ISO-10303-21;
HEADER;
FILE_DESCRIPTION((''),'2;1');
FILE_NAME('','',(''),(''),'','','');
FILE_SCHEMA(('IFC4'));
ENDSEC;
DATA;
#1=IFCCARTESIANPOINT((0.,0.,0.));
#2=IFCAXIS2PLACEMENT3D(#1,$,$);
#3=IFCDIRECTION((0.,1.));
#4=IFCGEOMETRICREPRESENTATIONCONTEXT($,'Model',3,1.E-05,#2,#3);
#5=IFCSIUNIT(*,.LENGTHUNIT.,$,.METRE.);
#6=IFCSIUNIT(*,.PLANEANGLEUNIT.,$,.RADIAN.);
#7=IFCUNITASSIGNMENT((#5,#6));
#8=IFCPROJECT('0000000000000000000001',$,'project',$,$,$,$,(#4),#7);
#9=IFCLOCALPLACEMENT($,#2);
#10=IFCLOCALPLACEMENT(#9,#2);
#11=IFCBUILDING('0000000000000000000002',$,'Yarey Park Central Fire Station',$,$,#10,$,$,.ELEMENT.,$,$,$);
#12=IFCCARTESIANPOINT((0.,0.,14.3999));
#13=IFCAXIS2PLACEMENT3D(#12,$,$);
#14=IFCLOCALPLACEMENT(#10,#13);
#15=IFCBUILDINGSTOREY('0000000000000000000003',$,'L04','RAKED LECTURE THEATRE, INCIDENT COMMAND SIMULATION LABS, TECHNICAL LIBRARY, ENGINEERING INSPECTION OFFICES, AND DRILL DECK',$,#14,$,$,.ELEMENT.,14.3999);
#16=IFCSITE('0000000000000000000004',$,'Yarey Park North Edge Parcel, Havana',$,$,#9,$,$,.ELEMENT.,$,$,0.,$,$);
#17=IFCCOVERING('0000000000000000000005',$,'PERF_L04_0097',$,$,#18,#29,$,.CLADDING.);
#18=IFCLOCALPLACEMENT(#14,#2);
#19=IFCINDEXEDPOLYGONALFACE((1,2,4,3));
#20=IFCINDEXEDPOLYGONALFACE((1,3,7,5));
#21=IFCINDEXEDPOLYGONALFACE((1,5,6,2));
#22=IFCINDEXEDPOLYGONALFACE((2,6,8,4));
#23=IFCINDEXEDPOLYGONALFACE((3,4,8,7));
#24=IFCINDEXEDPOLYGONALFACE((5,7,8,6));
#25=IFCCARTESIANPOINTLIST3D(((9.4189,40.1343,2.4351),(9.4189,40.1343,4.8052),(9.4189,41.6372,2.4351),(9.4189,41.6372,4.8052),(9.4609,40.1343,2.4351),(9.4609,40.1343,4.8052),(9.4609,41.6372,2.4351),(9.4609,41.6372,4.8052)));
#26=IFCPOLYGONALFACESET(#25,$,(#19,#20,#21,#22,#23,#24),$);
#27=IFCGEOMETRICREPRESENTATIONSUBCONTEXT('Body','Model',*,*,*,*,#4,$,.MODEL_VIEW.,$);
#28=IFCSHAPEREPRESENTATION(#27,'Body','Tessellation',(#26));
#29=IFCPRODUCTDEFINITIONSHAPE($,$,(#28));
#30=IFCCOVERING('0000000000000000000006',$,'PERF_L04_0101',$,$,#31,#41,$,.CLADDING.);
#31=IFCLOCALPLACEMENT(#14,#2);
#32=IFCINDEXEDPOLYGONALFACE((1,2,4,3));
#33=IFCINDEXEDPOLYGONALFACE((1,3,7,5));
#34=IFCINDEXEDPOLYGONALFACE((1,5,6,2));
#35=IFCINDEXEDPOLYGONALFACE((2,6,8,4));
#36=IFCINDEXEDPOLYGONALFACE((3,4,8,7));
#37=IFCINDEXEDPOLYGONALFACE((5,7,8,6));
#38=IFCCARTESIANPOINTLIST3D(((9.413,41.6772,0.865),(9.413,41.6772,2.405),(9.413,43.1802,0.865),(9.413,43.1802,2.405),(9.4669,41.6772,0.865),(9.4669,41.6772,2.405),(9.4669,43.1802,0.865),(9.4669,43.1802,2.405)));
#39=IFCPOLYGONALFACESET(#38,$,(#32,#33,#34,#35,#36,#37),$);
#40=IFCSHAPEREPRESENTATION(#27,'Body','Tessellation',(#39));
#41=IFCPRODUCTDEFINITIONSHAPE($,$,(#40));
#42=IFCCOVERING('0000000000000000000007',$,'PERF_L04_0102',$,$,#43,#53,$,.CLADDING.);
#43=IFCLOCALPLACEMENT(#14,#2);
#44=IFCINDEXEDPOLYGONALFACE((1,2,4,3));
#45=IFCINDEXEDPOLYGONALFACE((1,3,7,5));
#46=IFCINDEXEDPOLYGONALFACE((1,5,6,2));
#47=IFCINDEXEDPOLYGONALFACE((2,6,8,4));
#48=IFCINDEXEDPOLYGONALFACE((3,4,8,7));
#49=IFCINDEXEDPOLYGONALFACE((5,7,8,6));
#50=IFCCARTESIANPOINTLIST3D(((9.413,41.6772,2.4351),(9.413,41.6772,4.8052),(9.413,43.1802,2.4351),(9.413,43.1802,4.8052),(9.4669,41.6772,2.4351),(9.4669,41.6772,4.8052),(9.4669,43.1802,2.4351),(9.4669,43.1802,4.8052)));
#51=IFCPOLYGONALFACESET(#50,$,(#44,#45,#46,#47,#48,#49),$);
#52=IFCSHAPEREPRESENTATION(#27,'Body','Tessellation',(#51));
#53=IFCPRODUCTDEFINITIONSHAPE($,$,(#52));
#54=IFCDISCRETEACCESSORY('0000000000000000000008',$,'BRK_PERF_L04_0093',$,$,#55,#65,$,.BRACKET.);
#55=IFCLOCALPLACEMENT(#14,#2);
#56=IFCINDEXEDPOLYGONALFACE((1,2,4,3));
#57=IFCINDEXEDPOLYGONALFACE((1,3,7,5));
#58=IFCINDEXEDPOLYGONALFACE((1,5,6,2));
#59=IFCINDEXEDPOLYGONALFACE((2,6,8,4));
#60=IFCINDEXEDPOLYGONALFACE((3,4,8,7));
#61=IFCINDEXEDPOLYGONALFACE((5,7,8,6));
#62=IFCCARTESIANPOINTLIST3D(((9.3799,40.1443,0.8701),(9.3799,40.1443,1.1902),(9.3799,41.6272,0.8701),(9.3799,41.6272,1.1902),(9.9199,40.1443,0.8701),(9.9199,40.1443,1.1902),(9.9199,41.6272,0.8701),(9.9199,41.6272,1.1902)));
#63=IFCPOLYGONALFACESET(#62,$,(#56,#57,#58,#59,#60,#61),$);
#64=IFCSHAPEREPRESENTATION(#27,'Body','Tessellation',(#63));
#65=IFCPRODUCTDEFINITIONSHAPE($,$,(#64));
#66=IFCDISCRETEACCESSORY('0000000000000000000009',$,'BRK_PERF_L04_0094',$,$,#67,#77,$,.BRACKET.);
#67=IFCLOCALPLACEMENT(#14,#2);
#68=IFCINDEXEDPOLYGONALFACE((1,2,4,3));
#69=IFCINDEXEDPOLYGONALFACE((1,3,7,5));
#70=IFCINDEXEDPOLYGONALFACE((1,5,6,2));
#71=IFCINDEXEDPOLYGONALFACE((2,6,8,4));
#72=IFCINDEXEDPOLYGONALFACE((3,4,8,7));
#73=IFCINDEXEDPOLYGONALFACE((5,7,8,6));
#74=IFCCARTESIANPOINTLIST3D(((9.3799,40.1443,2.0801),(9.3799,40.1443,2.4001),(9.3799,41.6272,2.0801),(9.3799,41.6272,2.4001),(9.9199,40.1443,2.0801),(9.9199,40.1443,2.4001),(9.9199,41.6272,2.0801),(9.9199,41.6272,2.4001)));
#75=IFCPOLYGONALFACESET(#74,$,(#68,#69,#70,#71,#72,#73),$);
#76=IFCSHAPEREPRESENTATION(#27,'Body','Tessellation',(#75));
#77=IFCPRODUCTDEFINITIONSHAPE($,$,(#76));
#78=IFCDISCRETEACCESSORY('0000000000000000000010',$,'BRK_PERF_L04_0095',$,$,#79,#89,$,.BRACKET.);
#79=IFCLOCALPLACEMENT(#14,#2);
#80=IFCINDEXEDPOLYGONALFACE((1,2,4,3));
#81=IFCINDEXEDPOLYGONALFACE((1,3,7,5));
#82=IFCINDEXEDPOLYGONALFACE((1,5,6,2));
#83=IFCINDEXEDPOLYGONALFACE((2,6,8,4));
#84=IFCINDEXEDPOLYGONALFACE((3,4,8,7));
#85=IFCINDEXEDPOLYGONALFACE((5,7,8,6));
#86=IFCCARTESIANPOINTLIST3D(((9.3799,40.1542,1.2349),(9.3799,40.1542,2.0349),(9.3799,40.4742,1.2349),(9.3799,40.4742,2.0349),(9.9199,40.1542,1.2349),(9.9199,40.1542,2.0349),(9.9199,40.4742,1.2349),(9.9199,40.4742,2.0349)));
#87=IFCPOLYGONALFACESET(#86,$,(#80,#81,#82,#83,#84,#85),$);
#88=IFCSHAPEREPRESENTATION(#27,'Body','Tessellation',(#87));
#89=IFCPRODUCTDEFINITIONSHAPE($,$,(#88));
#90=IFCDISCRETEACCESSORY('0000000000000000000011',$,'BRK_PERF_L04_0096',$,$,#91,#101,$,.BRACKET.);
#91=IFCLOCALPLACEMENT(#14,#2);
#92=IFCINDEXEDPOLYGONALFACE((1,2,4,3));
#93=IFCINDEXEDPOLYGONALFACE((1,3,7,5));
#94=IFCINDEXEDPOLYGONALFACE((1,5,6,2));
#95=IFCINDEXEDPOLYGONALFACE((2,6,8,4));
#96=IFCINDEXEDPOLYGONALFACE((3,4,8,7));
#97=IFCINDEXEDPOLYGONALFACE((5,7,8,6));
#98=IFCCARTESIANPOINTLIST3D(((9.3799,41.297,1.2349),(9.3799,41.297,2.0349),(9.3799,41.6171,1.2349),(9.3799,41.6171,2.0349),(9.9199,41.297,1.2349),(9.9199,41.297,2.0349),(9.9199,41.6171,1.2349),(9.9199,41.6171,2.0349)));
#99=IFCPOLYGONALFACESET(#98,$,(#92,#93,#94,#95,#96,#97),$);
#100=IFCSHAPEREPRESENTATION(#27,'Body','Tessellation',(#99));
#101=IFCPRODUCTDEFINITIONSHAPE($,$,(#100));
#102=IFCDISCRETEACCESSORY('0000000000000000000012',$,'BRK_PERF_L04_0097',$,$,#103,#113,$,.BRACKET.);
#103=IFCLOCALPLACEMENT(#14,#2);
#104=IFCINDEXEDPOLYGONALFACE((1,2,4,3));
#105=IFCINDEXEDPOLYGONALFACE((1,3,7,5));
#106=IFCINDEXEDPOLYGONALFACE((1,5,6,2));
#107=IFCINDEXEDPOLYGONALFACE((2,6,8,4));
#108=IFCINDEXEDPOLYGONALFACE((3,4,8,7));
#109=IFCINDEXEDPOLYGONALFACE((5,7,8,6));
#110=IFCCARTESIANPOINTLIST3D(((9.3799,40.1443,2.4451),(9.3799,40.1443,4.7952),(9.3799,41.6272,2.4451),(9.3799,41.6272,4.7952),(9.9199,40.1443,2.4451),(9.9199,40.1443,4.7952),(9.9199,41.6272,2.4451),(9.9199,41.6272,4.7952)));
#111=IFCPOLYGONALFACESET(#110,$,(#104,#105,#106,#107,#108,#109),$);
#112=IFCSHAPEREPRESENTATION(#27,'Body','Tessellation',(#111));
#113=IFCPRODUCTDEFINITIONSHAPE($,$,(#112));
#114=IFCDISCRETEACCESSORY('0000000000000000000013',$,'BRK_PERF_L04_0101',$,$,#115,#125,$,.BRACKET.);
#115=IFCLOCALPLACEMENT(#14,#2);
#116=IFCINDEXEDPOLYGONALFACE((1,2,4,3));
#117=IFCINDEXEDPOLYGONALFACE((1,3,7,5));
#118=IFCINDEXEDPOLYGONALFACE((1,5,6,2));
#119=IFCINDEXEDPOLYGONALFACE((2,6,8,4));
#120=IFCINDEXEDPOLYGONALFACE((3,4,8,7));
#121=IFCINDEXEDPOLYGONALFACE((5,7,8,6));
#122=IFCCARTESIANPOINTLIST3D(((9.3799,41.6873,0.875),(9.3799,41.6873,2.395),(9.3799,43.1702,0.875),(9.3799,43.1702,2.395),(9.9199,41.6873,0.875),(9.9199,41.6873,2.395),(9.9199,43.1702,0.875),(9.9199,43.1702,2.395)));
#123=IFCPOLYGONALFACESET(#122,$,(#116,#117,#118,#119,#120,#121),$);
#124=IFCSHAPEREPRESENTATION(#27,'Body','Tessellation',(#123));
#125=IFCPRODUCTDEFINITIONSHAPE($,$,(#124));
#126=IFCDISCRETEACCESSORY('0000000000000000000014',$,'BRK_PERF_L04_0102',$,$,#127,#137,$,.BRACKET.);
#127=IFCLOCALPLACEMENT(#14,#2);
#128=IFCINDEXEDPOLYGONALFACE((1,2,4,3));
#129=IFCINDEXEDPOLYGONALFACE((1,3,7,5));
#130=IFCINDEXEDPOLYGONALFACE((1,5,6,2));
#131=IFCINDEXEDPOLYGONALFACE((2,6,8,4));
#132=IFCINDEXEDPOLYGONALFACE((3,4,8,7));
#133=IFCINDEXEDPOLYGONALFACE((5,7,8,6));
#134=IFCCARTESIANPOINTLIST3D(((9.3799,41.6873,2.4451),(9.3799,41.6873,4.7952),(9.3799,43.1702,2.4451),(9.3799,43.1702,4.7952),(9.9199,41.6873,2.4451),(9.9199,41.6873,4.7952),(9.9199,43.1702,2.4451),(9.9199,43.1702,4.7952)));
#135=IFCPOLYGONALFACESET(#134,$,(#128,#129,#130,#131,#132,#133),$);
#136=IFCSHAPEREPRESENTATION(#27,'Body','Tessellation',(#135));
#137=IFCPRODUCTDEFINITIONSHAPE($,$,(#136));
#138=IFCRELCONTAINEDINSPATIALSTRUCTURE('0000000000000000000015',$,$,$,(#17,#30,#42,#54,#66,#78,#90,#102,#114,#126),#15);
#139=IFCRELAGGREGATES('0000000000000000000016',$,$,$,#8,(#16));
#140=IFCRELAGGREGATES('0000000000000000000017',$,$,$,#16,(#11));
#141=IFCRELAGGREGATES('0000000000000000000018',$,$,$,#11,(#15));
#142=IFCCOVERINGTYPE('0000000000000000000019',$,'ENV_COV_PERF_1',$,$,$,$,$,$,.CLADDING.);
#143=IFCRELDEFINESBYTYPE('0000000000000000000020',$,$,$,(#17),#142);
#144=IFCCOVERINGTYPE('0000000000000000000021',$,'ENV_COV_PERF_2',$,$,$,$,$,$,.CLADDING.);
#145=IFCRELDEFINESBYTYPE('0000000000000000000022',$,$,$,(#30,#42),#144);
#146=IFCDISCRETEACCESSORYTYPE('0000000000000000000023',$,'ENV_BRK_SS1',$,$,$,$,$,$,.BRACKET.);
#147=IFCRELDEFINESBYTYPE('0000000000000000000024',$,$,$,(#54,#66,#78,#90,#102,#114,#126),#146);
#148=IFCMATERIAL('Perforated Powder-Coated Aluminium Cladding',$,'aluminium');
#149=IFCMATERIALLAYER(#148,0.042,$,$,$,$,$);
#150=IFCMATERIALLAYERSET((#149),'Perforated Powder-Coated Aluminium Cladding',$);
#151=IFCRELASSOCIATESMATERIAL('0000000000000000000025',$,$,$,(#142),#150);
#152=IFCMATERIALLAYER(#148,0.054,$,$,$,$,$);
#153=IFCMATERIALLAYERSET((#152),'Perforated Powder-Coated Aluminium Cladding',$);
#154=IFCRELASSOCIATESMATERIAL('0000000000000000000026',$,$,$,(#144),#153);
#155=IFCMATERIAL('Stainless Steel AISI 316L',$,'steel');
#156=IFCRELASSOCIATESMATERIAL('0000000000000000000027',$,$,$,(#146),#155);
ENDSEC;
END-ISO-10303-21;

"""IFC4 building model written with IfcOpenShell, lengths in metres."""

from ifc_helpers import new_model, si_unit, direction, frame, origin, origin_2d, place, context, subcontext, project, spatial, rectangle, extrude, material, layer, layer_set, type_object, element, save


model = new_model("IFC4")

# Units and contexts
model_context = context("Model", 3, precision=1e-05, world=origin(), true_north=direction((0.0, 1.0)))
body_context = subcontext(model_context, "Body", "Model", "MODEL_VIEW")
ifc_project = project(units=[si_unit("LENGTHUNIT", "METRE"), si_unit("PLANEANGLEUNIT", "RADIAN")], contexts=[model_context])

# Site, building, storey
site_placement = place(None, origin())
site = spatial("IfcSite", under=ifc_project, at=site_placement, Name="Yarey Park North Edge Parcel, Havana", CompositionType="ELEMENT", RefElevation=0.0)
building_placement = place(site_placement, origin())
building = spatial("IfcBuilding", under=site, at=building_placement, Name="Yarey Park Central Fire Station", CompositionType="ELEMENT")
storey_placement = place(building_placement, frame((0.0, 0.0, 14.3999)))
storey = spatial("IfcBuildingStorey", under=building, at=storey_placement, Name="L04", Description="RAKED LECTURE THEATRE, INCIDENT COMMAND SIMULATION LABS, TECHNICAL LIBRARY, ENGINEERING INSPECTION OFFICES, AND DRILL DECK", CompositionType="ELEMENT", Elevation=14.3999)

# Coverings
ifc_material_1 = material(Name="Perforated Powder-Coated Aluminium Cladding", Category="aluminium")
ifc_layer_1 = layer(ifc_material_1, 0.042)
ifc_layer_set_1 = layer_set([ifc_layer_1], Name="Perforated Powder-Coated Aluminium Cladding")
covering_type_1 = type_object("IfcCoveringType", Name="ENV_COV_PERF_1", PredefinedType="CLADDING", material=ifc_layer_set_1)
covering_1_placement = place(storey_placement, frame((9.4399, 40.8857, 2.4351), z_axis=(0.0, 0.0, 1.0), x_axis=(0.0, 1.0, 0.0)))
element("IfcCovering", 1, at=covering_1_placement, inside=storey, type_object=covering_type_1, Name="PERF_L04_0097", PredefinedType="CLADDING", context=body_context, shape_type="SweptSolid", body=[
    extrude(rectangle(XDim=1.5029, YDim=0.042, at=origin_2d()), origin(), (0.0, 0.0, 1.0), 2.3701),
])
ifc_layer_2 = layer(ifc_material_1, 0.054)
ifc_layer_set_2 = layer_set([ifc_layer_2], Name="Perforated Powder-Coated Aluminium Cladding")
covering_type_2 = type_object("IfcCoveringType", Name="ENV_COV_PERF_2", PredefinedType="CLADDING", material=ifc_layer_set_2)
covering_2_placement = place(storey_placement, frame((9.4399, 42.4287, 0.865), z_axis=(0.0, 0.0, 1.0), x_axis=(0.0, 1.0, 0.0)))
element("IfcCovering", 2, at=covering_2_placement, inside=storey, type_object=covering_type_2, Name="PERF_L04_0101", PredefinedType="CLADDING", context=body_context, shape_type="SweptSolid", body=[
    extrude(rectangle(XDim=1.5029, YDim=0.054, at=origin_2d()), origin(), (0.0, 0.0, 1.0), 1.54),
])
covering_3_placement = place(storey_placement, frame((9.4399, 42.4287, 2.4351), z_axis=(0.0, 0.0, 1.0), x_axis=(0.0, 1.0, 0.0)))
element("IfcCovering", 3, at=covering_3_placement, inside=storey, type_object=covering_type_2, Name="PERF_L04_0102", PredefinedType="CLADDING", context=body_context, shape_type="SweptSolid", body=[
    extrude(rectangle(XDim=1.5029, YDim=0.054, at=origin_2d()), origin(), (0.0, 0.0, 1.0), 2.3701),
])

# Discrete accessories
ifc_material_2 = material(Name="Stainless Steel AISI 316L", Category="steel")
discrete_accessory_type = type_object("IfcDiscreteAccessoryType", Name="ENV_BRK_SS1", PredefinedType="BRACKET", material=ifc_material_2)
for number, where, z_axis, x_axis, name in (
    (4, (9.6499, 40.8857, 0.8701), (0.0, 0.0, 1.0), (1.0, 0.0, 0.0), "BRK_PERF_L04_0093"),
    (5, (9.6499, 40.8857, 2.0801), (0.0, 0.0, 1.0), (1.0, 0.0, 0.0), "BRK_PERF_L04_0094"),
):
    element("IfcDiscreteAccessory", number, at=place(storey_placement, frame(where, z_axis=z_axis, x_axis=x_axis)), inside=storey, type_object=discrete_accessory_type, Name=name, PredefinedType="BRACKET", context=body_context, shape_type="SweptSolid", body=[
        extrude(rectangle(XDim=0.54, YDim=1.4829, at=origin_2d()), origin(), (0.0, 0.0, 1.0), 0.3201),
    ])
for number, where, z_axis, x_axis, name in (
    (6, (9.6499, 40.3142, 1.2349), (0.0, 0.0, 1.0), (1.0, 0.0, 0.0), "BRK_PERF_L04_0095"),
    (7, (9.6499, 41.457, 1.2349), (0.0, 0.0, 1.0), (1.0, 0.0, 0.0), "BRK_PERF_L04_0096"),
):
    element("IfcDiscreteAccessory", number, at=place(storey_placement, frame(where, z_axis=z_axis, x_axis=x_axis)), inside=storey, type_object=discrete_accessory_type, Name=name, PredefinedType="BRACKET", context=body_context, shape_type="SweptSolid", body=[
        extrude(rectangle(XDim=0.54, YDim=0.3201, at=origin_2d()), origin(), (0.0, 0.0, 1.0), 0.8),
    ])
discrete_accessory_1_placement = place(storey_placement, frame((9.6499, 40.8857, 2.4451), z_axis=(0.0, 0.0, 1.0), x_axis=(1.0, 0.0, 0.0)))
element("IfcDiscreteAccessory", 8, at=discrete_accessory_1_placement, inside=storey, type_object=discrete_accessory_type, Name="BRK_PERF_L04_0097", PredefinedType="BRACKET", context=body_context, shape_type="SweptSolid", body=[
    extrude(rectangle(XDim=0.54, YDim=1.4829, at=origin_2d()), origin(), (0.0, 0.0, 1.0), 2.3501),
])
discrete_accessory_2_placement = place(storey_placement, frame((9.6499, 42.4287, 0.875), z_axis=(0.0, 0.0, 1.0), x_axis=(1.0, 0.0, 0.0)))
element("IfcDiscreteAccessory", 9, at=discrete_accessory_2_placement, inside=storey, type_object=discrete_accessory_type, Name="BRK_PERF_L04_0101", PredefinedType="BRACKET", context=body_context, shape_type="SweptSolid", body=[
    extrude(rectangle(XDim=0.54, YDim=1.4829, at=origin_2d()), origin(), (0.0, 0.0, 1.0), 1.52),
])
discrete_accessory_3_placement = place(storey_placement, frame((9.6499, 42.4287, 2.4451), z_axis=(0.0, 0.0, 1.0), x_axis=(1.0, 0.0, 0.0)))
element("IfcDiscreteAccessory", 10, at=discrete_accessory_3_placement, inside=storey, type_object=discrete_accessory_type, Name="BRK_PERF_L04_0102", PredefinedType="BRACKET", context=body_context, shape_type="SweptSolid", body=[
    extrude(rectangle(XDim=0.54, YDim=1.4829, at=origin_2d()), origin(), (0.0, 0.0, 1.0), 2.3501),
])

save(model, "model.ifc")
